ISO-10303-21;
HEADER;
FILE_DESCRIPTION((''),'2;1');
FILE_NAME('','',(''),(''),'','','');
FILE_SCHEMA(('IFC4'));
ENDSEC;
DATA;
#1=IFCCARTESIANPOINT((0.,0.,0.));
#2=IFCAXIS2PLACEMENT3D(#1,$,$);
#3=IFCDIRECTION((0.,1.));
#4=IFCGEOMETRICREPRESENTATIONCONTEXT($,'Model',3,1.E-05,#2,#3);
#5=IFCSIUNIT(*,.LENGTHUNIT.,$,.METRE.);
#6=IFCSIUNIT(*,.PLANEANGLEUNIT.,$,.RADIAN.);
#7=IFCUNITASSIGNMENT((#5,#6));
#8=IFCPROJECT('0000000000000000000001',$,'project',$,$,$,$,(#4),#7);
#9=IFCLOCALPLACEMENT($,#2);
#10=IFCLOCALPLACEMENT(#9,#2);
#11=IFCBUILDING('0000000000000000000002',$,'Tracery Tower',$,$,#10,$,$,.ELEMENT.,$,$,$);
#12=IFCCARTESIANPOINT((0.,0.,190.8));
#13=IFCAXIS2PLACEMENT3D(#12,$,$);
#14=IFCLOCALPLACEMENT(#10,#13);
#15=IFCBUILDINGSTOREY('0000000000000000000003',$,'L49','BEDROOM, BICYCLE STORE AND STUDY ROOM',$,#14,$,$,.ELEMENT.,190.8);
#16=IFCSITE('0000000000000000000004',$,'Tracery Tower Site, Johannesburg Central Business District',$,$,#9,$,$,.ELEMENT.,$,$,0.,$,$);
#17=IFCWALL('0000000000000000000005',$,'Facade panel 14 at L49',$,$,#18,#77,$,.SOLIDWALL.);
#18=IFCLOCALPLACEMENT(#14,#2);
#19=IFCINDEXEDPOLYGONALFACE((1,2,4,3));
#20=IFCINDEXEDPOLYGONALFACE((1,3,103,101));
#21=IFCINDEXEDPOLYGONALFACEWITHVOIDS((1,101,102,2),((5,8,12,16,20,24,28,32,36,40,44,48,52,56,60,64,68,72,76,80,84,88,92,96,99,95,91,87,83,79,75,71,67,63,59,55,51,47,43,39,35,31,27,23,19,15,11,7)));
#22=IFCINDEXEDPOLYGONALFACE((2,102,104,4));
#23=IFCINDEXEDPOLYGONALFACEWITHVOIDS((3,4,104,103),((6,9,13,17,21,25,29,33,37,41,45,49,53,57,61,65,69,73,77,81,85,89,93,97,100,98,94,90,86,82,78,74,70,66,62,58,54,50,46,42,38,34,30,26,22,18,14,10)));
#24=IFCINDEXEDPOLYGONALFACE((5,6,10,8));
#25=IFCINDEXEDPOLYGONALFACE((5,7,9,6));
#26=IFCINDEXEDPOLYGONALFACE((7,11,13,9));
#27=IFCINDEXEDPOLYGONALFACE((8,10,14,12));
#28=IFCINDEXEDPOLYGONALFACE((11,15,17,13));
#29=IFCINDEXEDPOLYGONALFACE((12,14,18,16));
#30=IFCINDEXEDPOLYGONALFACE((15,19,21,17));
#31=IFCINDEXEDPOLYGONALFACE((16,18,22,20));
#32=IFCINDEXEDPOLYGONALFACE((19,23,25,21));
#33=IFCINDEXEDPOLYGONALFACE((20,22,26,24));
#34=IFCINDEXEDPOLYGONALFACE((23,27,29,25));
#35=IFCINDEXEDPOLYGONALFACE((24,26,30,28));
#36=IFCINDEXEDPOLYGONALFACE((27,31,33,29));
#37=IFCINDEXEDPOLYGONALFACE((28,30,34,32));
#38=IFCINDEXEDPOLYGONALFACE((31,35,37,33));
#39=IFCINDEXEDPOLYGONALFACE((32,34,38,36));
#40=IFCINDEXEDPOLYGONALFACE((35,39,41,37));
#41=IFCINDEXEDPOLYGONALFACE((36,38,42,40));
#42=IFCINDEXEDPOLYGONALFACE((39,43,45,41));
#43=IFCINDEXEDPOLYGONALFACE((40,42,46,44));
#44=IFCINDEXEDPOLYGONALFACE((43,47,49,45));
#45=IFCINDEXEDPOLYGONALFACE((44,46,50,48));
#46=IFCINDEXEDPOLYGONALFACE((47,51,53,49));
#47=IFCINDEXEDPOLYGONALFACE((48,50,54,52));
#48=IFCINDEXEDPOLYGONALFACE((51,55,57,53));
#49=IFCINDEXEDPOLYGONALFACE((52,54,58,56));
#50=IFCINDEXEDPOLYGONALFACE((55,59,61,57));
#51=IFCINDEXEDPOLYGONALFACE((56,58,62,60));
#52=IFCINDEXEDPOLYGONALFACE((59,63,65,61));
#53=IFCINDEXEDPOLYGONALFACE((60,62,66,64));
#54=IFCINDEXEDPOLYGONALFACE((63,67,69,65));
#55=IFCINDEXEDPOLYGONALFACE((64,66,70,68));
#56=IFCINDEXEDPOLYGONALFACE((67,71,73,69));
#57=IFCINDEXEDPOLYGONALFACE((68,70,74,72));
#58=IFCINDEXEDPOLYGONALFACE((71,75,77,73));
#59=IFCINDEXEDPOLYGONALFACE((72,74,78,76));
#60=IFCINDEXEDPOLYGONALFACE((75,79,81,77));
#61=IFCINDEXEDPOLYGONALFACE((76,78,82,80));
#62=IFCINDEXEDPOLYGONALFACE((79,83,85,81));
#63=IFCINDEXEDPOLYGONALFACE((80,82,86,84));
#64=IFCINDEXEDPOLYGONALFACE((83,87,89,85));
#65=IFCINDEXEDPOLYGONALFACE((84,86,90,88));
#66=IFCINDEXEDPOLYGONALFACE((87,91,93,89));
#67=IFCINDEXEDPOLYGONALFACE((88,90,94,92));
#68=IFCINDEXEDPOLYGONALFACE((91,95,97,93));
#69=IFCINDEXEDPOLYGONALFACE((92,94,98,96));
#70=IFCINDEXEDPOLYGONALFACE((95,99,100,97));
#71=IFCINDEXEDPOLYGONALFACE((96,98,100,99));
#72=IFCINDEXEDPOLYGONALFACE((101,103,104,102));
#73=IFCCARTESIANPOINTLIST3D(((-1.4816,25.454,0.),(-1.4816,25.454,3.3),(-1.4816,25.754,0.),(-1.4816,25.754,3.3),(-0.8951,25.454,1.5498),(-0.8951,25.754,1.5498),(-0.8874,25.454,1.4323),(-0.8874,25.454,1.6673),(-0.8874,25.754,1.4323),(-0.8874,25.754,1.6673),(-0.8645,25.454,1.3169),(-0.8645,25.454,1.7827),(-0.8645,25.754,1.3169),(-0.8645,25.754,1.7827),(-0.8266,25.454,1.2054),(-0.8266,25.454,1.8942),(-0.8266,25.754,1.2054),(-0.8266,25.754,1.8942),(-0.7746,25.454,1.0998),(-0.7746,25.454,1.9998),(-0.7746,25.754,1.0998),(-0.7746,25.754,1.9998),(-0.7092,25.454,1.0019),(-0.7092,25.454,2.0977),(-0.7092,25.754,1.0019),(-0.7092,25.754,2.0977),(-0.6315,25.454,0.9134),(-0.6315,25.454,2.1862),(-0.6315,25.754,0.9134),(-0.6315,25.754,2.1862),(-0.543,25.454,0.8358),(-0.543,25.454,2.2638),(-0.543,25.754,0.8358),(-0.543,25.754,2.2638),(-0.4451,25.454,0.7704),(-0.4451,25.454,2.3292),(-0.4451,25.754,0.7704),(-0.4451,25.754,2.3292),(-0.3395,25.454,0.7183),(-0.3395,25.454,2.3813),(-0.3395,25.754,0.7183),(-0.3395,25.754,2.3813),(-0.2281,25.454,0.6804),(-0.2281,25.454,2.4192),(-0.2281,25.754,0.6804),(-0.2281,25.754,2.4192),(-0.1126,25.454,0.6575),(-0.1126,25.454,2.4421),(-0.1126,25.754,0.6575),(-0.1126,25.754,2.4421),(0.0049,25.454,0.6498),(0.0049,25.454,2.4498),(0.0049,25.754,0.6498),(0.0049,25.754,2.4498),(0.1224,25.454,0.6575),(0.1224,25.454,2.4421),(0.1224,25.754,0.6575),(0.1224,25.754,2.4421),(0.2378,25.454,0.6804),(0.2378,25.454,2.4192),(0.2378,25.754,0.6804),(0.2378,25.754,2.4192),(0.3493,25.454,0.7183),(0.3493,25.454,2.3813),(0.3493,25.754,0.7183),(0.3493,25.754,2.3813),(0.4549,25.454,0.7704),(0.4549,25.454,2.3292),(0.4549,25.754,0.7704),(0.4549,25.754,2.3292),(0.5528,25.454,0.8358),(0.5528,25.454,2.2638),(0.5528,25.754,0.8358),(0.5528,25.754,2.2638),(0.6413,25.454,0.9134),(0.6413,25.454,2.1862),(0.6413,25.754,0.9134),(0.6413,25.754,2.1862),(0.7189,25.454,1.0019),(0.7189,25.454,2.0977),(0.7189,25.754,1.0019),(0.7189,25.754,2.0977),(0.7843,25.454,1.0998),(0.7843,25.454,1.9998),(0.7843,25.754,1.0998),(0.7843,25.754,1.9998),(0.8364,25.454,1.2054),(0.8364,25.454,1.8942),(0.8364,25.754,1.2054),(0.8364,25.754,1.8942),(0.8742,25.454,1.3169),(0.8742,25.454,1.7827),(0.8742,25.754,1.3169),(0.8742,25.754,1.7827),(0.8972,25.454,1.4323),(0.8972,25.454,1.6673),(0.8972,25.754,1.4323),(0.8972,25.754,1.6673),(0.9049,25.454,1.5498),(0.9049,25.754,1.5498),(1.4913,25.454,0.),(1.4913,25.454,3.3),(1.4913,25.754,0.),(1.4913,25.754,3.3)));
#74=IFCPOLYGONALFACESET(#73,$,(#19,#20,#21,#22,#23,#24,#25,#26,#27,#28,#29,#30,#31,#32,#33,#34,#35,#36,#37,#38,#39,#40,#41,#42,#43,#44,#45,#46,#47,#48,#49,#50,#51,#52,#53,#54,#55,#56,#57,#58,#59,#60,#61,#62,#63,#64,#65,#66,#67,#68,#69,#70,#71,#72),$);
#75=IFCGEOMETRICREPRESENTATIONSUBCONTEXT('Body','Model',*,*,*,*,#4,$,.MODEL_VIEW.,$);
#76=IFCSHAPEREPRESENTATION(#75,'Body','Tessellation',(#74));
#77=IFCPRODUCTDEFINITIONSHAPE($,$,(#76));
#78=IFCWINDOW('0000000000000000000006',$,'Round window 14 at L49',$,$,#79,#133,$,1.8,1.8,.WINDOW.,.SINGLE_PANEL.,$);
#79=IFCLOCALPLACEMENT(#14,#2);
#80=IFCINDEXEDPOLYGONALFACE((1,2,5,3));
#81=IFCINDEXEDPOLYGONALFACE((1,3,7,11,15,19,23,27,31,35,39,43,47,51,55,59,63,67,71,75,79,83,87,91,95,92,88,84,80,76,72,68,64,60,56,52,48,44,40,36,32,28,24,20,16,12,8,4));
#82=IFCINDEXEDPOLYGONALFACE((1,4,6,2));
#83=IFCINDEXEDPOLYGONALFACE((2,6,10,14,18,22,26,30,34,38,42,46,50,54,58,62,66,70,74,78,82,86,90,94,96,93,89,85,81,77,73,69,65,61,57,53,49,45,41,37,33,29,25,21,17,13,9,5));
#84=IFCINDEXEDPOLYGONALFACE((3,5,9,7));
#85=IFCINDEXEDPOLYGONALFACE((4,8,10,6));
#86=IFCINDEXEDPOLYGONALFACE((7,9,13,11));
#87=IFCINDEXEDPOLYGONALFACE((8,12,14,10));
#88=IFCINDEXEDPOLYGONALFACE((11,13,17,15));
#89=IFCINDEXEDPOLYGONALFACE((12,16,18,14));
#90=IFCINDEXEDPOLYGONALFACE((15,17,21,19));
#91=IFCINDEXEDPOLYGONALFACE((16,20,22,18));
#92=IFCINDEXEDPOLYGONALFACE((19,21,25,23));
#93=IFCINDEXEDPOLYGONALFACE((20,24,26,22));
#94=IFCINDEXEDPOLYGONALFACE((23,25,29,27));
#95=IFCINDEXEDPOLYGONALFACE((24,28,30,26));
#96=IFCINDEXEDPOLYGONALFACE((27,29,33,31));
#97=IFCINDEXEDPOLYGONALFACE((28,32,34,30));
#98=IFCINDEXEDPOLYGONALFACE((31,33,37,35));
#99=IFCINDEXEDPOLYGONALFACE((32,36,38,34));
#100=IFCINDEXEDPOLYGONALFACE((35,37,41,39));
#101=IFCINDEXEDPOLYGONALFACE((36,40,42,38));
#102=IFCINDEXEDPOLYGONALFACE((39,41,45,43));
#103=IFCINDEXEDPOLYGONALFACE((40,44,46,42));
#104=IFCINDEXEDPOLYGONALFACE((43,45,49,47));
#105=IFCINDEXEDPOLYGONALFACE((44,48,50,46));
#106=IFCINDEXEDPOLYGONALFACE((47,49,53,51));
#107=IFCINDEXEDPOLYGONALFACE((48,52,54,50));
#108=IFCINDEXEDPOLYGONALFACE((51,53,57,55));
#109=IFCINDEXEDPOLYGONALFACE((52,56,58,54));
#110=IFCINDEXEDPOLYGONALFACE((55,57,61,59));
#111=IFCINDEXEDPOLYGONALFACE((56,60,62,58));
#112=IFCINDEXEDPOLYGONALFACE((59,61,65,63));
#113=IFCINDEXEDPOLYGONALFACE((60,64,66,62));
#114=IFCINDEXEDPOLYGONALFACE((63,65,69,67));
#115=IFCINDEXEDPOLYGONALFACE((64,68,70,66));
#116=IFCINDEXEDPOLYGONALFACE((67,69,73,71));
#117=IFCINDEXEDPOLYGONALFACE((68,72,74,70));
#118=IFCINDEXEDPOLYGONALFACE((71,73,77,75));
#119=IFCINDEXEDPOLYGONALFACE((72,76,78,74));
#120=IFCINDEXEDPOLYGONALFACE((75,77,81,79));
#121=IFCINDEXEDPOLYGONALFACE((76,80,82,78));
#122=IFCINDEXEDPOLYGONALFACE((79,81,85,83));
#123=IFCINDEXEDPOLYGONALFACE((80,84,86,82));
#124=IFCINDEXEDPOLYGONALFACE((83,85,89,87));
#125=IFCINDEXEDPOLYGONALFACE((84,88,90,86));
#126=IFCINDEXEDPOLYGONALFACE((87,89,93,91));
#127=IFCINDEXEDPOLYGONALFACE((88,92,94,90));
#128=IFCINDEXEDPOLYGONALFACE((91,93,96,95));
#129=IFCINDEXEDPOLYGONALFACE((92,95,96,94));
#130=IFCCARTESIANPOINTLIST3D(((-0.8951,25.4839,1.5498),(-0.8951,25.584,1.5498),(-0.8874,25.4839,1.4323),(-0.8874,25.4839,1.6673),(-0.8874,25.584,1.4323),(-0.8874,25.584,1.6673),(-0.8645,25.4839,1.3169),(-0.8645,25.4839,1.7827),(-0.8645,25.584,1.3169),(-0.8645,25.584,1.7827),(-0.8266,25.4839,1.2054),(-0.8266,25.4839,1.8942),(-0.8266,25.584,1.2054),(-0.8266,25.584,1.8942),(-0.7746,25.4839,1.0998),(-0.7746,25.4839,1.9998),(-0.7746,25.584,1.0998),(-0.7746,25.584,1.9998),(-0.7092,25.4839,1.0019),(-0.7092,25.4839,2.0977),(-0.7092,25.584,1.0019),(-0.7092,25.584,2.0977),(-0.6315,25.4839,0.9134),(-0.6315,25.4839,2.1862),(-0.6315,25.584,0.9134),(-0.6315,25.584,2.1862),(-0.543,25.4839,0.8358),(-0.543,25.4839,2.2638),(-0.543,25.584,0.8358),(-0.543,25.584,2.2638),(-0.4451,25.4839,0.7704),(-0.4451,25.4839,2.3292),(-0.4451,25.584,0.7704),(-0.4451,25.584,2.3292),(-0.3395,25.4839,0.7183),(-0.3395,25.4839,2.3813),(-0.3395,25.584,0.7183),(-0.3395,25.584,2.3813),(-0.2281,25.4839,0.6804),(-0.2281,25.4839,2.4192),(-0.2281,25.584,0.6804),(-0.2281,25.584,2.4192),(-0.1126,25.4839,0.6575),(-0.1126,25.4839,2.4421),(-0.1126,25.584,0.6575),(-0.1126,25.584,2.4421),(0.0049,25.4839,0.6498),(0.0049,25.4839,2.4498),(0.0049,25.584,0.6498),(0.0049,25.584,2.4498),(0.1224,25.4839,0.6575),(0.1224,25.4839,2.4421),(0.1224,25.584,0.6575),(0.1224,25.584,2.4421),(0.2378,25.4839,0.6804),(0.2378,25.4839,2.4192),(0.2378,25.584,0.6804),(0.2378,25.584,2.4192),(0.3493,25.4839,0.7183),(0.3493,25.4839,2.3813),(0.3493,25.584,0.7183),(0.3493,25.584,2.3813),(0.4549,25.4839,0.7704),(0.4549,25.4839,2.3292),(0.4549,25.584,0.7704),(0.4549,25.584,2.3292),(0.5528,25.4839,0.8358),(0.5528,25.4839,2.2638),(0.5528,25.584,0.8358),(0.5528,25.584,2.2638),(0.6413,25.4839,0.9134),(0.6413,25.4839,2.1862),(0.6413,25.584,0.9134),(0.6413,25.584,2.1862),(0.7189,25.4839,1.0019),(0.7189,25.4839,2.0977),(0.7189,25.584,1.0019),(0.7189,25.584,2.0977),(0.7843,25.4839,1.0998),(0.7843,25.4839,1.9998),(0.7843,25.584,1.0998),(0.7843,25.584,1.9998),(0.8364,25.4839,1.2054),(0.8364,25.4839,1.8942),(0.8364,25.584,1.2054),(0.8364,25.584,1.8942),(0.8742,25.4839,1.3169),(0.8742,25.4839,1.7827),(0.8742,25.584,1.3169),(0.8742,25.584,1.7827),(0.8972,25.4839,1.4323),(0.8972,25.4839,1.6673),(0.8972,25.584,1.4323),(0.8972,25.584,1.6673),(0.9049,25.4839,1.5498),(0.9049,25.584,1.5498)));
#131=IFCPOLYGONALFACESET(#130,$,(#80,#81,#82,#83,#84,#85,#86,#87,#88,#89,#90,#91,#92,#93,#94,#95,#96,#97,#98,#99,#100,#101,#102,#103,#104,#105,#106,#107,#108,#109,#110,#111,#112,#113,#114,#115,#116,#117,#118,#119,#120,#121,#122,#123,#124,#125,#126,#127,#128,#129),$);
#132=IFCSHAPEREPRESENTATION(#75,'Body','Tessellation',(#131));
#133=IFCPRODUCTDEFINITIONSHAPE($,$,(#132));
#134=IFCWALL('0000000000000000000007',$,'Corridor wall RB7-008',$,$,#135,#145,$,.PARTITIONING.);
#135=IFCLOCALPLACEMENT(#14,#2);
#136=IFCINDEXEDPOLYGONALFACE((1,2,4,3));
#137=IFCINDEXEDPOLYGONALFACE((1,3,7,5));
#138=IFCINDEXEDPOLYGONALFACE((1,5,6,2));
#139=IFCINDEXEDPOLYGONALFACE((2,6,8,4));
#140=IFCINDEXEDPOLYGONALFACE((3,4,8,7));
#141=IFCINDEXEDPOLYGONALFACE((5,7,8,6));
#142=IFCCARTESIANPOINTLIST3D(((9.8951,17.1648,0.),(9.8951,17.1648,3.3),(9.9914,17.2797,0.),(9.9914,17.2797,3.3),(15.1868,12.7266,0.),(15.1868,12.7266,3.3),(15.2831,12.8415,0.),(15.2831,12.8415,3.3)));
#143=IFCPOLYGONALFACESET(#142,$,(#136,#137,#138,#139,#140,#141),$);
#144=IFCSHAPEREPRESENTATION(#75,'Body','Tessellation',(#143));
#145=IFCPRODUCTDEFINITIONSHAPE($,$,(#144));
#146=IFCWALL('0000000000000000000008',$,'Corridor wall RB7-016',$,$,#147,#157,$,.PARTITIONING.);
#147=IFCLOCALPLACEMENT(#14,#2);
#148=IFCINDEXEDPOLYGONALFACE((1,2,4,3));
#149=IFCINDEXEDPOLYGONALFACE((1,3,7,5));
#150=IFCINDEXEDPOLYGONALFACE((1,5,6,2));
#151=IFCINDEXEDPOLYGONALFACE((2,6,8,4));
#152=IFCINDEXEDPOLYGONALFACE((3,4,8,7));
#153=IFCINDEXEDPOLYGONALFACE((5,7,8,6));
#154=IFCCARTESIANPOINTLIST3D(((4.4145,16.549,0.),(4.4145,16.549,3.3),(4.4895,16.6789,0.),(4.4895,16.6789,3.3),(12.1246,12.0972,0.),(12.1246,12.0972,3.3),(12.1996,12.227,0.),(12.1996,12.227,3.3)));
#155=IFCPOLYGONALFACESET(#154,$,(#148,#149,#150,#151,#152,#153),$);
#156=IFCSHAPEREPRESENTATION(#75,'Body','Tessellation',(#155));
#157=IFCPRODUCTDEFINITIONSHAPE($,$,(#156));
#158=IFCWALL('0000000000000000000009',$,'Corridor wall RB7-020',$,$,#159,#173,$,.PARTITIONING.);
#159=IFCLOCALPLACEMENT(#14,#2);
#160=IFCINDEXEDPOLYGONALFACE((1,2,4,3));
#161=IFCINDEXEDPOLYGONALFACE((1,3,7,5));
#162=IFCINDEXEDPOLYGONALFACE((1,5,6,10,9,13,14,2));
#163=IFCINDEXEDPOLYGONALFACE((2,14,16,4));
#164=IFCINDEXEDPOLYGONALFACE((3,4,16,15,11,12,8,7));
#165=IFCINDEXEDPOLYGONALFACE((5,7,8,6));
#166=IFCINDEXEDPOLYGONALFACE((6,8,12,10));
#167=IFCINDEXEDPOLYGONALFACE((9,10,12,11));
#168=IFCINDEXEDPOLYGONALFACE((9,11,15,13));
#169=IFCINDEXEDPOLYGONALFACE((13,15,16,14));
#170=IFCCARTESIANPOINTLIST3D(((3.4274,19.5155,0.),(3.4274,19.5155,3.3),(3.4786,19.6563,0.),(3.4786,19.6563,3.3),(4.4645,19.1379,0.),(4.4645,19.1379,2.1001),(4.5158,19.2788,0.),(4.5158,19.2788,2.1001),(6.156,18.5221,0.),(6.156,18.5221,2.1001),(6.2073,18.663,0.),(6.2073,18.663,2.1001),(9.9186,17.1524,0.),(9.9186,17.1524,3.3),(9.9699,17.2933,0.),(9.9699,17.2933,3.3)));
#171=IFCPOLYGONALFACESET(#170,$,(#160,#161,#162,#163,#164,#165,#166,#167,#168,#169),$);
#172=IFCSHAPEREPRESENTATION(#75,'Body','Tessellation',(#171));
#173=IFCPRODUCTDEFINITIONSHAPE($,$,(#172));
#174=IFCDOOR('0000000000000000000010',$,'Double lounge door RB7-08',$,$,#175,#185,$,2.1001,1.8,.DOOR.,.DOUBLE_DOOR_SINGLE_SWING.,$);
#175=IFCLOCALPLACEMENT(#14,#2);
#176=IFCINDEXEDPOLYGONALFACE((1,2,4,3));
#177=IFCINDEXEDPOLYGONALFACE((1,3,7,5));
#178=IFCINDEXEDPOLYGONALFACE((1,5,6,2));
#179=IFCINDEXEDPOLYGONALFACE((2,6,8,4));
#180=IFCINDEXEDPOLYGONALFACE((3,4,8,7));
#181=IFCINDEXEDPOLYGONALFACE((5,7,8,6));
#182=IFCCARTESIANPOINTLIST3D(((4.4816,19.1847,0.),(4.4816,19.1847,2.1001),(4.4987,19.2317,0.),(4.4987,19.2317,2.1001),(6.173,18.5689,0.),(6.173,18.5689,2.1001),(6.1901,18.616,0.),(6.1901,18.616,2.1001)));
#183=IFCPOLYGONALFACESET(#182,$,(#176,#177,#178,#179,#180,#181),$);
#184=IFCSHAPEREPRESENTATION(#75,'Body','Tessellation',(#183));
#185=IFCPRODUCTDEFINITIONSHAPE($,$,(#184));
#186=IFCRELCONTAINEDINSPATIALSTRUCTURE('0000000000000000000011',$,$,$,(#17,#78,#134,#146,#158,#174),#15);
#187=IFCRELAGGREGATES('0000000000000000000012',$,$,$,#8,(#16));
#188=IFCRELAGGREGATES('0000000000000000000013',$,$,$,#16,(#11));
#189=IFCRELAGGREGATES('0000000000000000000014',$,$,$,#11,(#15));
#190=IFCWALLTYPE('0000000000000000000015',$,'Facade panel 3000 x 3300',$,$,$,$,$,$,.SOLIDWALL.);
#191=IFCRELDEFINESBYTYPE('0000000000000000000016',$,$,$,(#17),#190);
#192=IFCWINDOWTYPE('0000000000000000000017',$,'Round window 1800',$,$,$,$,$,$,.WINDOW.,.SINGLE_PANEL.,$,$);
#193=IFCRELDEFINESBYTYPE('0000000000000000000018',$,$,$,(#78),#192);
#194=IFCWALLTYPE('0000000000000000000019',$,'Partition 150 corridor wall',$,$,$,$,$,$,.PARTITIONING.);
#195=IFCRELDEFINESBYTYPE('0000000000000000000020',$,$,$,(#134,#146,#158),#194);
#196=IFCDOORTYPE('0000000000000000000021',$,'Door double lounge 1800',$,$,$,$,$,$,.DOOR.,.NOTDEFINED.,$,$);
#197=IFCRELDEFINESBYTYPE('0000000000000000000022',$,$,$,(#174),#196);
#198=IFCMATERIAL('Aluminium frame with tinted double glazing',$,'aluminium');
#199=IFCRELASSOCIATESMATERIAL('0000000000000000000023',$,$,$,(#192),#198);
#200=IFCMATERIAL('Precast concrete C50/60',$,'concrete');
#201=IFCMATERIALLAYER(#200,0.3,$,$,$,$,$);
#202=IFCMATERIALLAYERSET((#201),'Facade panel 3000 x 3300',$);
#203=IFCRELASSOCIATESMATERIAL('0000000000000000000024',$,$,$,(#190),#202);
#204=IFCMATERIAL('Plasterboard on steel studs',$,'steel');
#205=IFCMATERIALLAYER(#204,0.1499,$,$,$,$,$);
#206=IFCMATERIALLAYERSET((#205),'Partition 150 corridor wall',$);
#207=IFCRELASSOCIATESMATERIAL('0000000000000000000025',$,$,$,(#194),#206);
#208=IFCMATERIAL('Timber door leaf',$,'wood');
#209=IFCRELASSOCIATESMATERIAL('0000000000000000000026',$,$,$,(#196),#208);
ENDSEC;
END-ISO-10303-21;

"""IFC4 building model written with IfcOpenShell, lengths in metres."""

from ifc_helpers import new_model, si_unit, direction, frame, frame_2d, origin, origin_2d, place, context, subcontext, project, spatial, rectangle, circle, extrude, material, layer, layer_set, type_object, element, fill, save


model = new_model("IFC4")

# Units and contexts
model_context = context("Model", 3, precision=1e-05, world=origin(), true_north=direction((0.0, 1.0)))
body_context = subcontext(model_context, "Body", "Model", "MODEL_VIEW")
ifc_project = project(units=[si_unit("LENGTHUNIT", "METRE"), si_unit("PLANEANGLEUNIT", "RADIAN")], contexts=[model_context])

# Site, building, storey
site_placement = place(None, origin())
site = spatial("IfcSite", under=ifc_project, at=site_placement, Name="Tracery Tower Site, Johannesburg Central Business District", CompositionType="ELEMENT", RefElevation=0.0)
building_placement = place(site_placement, origin())
building = spatial("IfcBuilding", under=site, at=building_placement, Name="Tracery Tower", CompositionType="ELEMENT")
storey_placement = place(building_placement, frame((0.0, 0.0, 190.8)))
storey = spatial("IfcBuildingStorey", under=building, at=storey_placement, Name="L49", Description="BEDROOM, BICYCLE STORE AND STUDY ROOM", CompositionType="ELEMENT", Elevation=190.8)

# Wall, opening, window
ifc_material_1 = material(Name="Aluminium frame with tinted double glazing", Category="aluminium")
window_type = type_object("IfcWindowType", Name="Round window 1800", PartitioningType="SINGLE_PANEL", PredefinedType="WINDOW", material=ifc_material_1)
ifc_material_2 = material(Name="Precast concrete C50/60", Category="concrete")
ifc_layer_1 = layer(ifc_material_2, 0.3)
ifc_layer_set_1 = layer_set([ifc_layer_1], Name="Facade panel 3000 x 3300")
wall_type_1 = type_object("IfcWallType", Name="Facade panel 3000 x 3300", PredefinedType="SOLIDWALL", material=ifc_layer_set_1)
wall_1_placement = place(storey_placement, frame((1.4912, 25.604, 0.0), z_axis=(0.0, 0.0, 1.0), x_axis=(-1.0, 0.0, 0.0)))
wall_1 = element("IfcWall", 1, at=wall_1_placement, inside=storey, type_object=wall_type_1, Name="Facade panel 14 at L49", PredefinedType="SOLIDWALL", context=body_context, shape_type="SweptSolid", body=[
    extrude(rectangle(XDim=2.9729, YDim=0.3, at=frame_2d((1.4863, 0.0))), origin(), (0.0, 0.0, 1.0), 3.3),
])
opening_1_placement = place(wall_1_placement, frame((1.4863, 0.0, 1.5498)))
opening_1 = element("IfcOpeningElement", 2, at=opening_1_placement, cuts=wall_1, PredefinedType="OPENING", context=body_context, shape_type="SweptSolid", body=[
    extrude(circle(Radius=0.9, at=origin_2d()), frame((0.0, 0.1599, 0.0), z_axis=(0.0, -1.0, 0.0), x_axis=(1.0, 0.0, 0.0)), (0.0, 0.0, 1.0), 0.3201),
])
window_1_placement = place(opening_1_placement, origin())
window_1 = element("IfcWindow", 3, at=window_1_placement, inside=storey, type_object=window_type, Name="Round window 14 at L49", OverallHeight=1.8, OverallWidth=1.8, PartitioningType="SINGLE_PANEL", PredefinedType="WINDOW", context=body_context, shape_type="SweptSolid", body=[
    extrude(circle(Radius=0.9, at=origin_2d()), frame((0.0, 0.1201, 0.0), z_axis=(0.0, -1.0, 0.0), x_axis=(1.0, 0.0, 0.0)), (0.0, 0.0, 1.0), 0.1001),
])
fill(opening_1, window_1)

# Walls
ifc_material_3 = material(Name="Plasterboard on steel studs", Category="steel")
ifc_layer_2 = layer(ifc_material_3, 0.1499)
ifc_layer_set_2 = layer_set([ifc_layer_2], Name="Partition 150 corridor wall")
wall_type_2 = type_object("IfcWallType", Name="Partition 150 corridor wall", PredefinedType="PARTITIONING", material=ifc_layer_set_2)
wall_2_placement = place(storey_placement, frame((9.9434, 17.2222, 0.0), z_axis=(0.0, 0.0, 1.0), x_axis=(0.766192, -0.642612, 0.0)))
element("IfcWall", 4, at=wall_2_placement, inside=storey, type_object=wall_type_2, Name="Corridor wall RB7-008", PredefinedType="PARTITIONING", context=body_context, shape_type="SweptSolid", body=[
    extrude(rectangle(XDim=6.9065, YDim=0.1499, at=frame_2d((3.4531, 0.0))), origin(), (0.0, 0.0, 1.0), 3.3),
])
wall_3_placement = place(storey_placement, frame((4.4519, 16.614, 0.0), z_axis=(0.0, 0.0, 1.0), x_axis=(0.866005, -0.500035, 0.0)))
element("IfcWall", 5, at=wall_3_placement, inside=storey, type_object=wall_type_2, Name="Corridor wall RB7-016", PredefinedType="PARTITIONING", context=body_context, shape_type="SweptSolid", body=[
    extrude(rectangle(XDim=8.9031, YDim=0.1499, at=frame_2d((4.4517, 0.0))), origin(), (0.0, 0.0, 1.0), 3.3),
])

# Wall, opening, door
wall_4_placement = place(storey_placement, frame((3.4529, 19.5859, 0.0), z_axis=(0.0, 0.0, 1.0), x_axis=(0.939673, -0.342075, 0.0)))
wall_4 = element("IfcWall", 6, at=wall_4_placement, inside=storey, type_object=wall_type_2, Name="Corridor wall RB7-020", PredefinedType="PARTITIONING", context=body_context, shape_type="SweptSolid", body=[
    extrude(rectangle(XDim=6.908, YDim=0.1499, at=frame_2d((3.4541, 0.0))), origin(), (0.0, 0.0, 1.0), 3.3),
])
opening_2_placement = place(wall_4_placement, frame((1.104, 0.0, 0.0)))
opening_2 = element("IfcOpeningElement", 7, at=opening_2_placement, cuts=wall_4, PredefinedType="OPENING", context=body_context, shape_type="SweptSolid", body=[
    extrude(rectangle(XDim=1.8, YDim=2.1001, at=frame_2d((0.8999, 1.05))), frame((0.0, 0.075, 0.0), z_axis=(0.0, -1.0, 0.0), x_axis=(1.0, 0.0, 0.0)), (0.0, 0.0, 1.0), 0.1499),
])
ifc_material_4 = material(Name="Timber door leaf", Category="wood")
door_type = type_object("IfcDoorType", Name="Door double lounge 1800", OperationType="NOTDEFINED", PredefinedType="DOOR", material=ifc_material_4)
door_placement = place(opening_2_placement, origin())
door = element("IfcDoor", 8, at=door_placement, inside=storey, type_object=door_type, Name="Double lounge door RB7-08", OperationType="DOUBLE_DOOR_SINGLE_SWING", OverallHeight=2.1001, OverallWidth=1.8, PredefinedType="DOOR", context=body_context, shape_type="SweptSolid", body=[
    extrude(rectangle(XDim=1.8, YDim=2.1001, at=frame_2d((0.8999, 1.05))), frame((0.0, 0.0249, 0.0), z_axis=(0.0, -1.0, 0.0), x_axis=(1.0, 0.0, 0.0)), (0.0, 0.0, 1.0), 0.05),
])
fill(opening_2, door)

save(model, "model.ifc")
